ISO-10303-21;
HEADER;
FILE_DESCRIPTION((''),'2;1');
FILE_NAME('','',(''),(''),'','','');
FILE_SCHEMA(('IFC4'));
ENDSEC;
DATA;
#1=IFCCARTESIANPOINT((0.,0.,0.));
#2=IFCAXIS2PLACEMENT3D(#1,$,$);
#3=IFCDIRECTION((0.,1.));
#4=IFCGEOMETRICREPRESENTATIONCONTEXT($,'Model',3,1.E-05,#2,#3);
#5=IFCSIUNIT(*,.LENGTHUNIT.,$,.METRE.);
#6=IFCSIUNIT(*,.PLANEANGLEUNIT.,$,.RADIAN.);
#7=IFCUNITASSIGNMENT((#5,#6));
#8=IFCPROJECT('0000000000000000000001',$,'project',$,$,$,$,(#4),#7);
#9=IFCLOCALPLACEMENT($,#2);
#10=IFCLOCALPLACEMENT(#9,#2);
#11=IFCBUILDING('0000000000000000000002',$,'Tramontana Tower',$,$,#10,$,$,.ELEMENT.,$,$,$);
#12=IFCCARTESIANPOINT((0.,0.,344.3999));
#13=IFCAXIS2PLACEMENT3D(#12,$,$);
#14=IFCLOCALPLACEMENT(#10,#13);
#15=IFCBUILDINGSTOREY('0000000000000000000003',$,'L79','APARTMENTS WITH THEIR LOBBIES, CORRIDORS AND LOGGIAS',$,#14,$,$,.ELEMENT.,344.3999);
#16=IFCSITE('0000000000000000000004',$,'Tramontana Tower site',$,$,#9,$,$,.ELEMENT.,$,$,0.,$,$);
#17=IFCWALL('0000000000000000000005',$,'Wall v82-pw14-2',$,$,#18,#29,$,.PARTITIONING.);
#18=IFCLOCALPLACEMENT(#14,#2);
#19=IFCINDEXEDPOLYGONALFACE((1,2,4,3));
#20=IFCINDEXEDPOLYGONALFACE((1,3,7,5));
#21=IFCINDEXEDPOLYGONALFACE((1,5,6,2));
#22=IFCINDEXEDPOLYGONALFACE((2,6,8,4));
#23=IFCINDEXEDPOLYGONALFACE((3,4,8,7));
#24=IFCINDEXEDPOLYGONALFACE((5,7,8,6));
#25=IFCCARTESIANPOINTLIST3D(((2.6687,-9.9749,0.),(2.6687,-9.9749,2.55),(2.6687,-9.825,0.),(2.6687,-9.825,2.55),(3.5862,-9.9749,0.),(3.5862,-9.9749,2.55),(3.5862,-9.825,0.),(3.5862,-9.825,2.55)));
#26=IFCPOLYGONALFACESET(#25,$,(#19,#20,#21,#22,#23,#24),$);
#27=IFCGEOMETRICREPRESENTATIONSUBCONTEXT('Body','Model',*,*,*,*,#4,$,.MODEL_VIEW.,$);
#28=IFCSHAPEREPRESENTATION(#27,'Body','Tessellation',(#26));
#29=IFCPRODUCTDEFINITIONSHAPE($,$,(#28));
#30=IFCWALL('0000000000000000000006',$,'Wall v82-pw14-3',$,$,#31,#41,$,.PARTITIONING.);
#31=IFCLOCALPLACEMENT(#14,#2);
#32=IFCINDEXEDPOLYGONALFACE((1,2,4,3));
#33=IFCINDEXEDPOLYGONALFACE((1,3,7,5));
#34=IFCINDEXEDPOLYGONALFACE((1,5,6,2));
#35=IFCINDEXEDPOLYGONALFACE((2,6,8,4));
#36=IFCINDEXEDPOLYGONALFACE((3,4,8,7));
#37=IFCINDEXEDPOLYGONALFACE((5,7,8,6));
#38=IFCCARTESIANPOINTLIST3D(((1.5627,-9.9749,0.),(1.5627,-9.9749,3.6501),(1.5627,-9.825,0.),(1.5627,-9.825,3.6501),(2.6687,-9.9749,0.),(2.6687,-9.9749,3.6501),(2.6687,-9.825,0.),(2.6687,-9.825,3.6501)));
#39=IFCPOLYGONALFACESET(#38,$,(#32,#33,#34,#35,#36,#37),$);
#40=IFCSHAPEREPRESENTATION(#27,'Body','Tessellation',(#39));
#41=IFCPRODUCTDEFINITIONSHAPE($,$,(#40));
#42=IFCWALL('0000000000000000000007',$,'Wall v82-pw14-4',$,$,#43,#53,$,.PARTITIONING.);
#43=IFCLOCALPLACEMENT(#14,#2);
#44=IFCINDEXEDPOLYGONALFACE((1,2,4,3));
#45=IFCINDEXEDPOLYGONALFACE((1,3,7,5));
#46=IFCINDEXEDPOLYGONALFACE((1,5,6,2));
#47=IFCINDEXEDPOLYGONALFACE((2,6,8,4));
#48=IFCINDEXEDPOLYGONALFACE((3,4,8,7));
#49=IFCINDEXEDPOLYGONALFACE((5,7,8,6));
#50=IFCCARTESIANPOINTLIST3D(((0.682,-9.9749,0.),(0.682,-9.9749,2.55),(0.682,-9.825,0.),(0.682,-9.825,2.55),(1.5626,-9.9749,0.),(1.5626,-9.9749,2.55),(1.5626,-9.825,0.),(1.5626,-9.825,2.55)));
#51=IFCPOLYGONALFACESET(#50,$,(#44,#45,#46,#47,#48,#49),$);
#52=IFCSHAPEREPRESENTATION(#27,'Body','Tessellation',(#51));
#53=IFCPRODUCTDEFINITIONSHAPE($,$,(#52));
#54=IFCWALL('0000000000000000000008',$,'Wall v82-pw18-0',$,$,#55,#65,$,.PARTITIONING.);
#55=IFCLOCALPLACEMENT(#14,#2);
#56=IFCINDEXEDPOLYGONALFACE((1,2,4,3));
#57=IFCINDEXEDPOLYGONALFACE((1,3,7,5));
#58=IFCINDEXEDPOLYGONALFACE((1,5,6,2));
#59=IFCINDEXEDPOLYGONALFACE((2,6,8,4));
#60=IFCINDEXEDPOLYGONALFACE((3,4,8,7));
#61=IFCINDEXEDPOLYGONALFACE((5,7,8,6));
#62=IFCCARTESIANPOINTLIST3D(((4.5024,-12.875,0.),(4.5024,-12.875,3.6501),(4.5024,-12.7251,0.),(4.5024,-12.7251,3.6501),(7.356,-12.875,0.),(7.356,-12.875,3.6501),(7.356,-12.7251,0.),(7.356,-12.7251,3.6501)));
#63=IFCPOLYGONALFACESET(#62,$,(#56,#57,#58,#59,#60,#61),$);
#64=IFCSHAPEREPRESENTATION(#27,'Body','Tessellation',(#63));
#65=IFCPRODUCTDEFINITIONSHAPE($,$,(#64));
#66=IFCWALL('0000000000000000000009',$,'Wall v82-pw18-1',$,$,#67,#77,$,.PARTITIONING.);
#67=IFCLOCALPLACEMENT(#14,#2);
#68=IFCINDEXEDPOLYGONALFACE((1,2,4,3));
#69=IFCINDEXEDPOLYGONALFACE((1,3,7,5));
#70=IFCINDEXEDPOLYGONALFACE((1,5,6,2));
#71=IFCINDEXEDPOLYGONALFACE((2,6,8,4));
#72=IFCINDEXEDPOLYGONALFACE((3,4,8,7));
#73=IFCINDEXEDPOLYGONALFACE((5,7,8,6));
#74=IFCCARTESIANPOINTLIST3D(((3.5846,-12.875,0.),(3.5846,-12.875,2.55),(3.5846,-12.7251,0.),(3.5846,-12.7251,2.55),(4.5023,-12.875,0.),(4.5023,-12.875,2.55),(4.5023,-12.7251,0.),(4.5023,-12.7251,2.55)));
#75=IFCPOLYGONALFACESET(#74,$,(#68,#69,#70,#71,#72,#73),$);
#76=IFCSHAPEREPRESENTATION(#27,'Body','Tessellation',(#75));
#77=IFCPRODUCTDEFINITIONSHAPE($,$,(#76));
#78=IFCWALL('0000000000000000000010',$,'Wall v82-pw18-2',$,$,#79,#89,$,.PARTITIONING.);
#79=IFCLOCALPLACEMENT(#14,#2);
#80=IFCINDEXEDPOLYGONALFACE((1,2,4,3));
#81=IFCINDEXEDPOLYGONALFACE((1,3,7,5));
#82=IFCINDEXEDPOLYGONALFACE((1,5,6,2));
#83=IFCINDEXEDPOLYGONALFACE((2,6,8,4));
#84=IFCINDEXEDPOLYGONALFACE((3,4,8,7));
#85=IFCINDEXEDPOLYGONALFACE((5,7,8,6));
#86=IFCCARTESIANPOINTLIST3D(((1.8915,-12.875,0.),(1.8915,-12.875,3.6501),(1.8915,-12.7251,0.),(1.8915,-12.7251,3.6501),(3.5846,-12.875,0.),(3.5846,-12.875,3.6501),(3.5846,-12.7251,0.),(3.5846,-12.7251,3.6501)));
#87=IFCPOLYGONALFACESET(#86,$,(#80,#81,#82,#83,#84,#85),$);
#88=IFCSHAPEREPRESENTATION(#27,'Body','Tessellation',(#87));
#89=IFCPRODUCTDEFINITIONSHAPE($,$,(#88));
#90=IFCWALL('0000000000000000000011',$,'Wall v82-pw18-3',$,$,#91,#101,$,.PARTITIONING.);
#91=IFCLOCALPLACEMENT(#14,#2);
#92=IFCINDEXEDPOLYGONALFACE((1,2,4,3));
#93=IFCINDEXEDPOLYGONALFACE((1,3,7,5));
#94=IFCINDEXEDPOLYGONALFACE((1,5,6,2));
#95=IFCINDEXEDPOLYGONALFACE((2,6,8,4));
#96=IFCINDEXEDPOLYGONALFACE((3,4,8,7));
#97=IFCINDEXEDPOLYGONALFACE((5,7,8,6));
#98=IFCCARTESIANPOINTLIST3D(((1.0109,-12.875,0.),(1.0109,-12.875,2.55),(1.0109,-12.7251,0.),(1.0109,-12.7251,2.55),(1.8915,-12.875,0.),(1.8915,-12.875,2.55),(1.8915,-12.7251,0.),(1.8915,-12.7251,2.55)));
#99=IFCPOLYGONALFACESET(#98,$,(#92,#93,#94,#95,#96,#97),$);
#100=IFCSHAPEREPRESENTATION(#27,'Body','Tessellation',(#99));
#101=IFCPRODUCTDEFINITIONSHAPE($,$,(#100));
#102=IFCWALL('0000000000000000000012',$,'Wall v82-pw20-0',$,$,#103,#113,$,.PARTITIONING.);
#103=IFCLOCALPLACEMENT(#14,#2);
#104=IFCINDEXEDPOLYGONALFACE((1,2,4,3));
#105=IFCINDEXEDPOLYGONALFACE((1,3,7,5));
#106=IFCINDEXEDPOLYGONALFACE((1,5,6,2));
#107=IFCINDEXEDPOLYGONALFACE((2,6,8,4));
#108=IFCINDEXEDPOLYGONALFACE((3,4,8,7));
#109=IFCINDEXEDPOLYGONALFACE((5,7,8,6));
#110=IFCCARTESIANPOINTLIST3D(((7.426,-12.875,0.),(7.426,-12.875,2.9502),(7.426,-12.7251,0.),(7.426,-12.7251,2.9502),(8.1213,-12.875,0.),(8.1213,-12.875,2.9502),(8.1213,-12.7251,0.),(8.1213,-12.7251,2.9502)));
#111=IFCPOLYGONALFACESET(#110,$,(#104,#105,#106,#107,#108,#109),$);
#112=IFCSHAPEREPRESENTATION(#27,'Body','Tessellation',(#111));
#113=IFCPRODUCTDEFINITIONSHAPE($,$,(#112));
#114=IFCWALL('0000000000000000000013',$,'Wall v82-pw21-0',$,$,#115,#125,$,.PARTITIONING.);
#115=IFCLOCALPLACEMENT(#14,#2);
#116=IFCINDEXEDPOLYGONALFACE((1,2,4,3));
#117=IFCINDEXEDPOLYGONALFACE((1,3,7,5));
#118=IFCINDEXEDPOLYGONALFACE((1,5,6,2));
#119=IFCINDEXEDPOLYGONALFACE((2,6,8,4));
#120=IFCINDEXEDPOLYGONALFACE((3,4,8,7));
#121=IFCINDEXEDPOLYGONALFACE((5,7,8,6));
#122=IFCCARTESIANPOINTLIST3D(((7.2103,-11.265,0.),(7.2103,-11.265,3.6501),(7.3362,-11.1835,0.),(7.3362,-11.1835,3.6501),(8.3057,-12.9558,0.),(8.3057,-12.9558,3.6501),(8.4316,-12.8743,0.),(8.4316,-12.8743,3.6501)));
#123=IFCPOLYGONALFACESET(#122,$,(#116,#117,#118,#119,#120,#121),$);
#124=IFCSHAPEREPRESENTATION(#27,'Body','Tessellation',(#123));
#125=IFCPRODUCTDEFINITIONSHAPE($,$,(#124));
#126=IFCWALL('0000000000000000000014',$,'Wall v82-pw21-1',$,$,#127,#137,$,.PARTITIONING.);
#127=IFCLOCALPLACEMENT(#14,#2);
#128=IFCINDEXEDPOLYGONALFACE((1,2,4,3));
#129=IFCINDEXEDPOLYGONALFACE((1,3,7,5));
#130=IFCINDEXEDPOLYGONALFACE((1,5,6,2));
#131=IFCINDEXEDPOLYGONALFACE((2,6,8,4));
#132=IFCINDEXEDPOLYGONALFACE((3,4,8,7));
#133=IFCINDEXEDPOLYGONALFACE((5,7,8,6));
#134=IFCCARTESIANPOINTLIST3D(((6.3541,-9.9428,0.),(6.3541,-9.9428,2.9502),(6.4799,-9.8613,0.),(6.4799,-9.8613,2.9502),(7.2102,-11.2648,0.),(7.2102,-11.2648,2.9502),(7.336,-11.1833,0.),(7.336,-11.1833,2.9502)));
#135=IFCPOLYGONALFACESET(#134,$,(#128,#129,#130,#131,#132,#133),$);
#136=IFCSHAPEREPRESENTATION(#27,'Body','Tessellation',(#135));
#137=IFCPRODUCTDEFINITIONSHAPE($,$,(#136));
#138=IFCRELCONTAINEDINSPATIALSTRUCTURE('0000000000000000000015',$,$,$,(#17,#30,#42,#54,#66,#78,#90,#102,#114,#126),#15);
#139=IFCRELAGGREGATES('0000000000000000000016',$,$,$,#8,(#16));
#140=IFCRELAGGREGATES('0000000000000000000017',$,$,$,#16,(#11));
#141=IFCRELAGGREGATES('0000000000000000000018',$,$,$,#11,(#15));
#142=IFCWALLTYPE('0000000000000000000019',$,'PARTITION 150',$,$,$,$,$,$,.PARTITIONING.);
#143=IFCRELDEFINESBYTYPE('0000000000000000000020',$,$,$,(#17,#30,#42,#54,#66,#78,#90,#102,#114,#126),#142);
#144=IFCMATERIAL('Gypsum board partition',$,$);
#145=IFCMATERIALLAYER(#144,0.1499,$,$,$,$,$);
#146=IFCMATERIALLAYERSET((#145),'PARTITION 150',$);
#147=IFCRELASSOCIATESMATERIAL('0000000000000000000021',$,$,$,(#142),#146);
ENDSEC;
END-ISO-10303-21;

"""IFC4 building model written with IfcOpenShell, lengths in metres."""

from ifc_helpers import new_model, si_unit, direction, frame, frame_2d, origin, place, context, subcontext, project, spatial, rectangle, extrude, material, layer, layer_set, type_object, element, save


model = new_model("IFC4")

# Units and contexts
model_context = context("Model", 3, precision=1e-05, world=origin(), true_north=direction((0.0, 1.0)))
body_context = subcontext(model_context, "Body", "Model", "MODEL_VIEW")
ifc_project = project(units=[si_unit("LENGTHUNIT", "METRE"), si_unit("PLANEANGLEUNIT", "RADIAN")], contexts=[model_context])

# Site, building, storey
site_placement = place(None, origin())
site = spatial("IfcSite", under=ifc_project, at=site_placement, Name="Tramontana Tower site", CompositionType="ELEMENT", RefElevation=0.0)
building_placement = place(site_placement, origin())
building = spatial("IfcBuilding", under=site, at=building_placement, Name="Tramontana Tower", CompositionType="ELEMENT")
storey_placement = place(building_placement, frame((0.0, 0.0, 344.3999)))
storey = spatial("IfcBuildingStorey", under=building, at=storey_placement, Name="L79", Description="APARTMENTS WITH THEIR LOBBIES, CORRIDORS AND LOGGIAS", CompositionType="ELEMENT", Elevation=344.3999)

# Shared definitions
ifc_material_1 = material(Name="Gypsum board partition")
ifc_layer_1 = layer(ifc_material_1, 0.1499)
ifc_layer_set_1 = layer_set([ifc_layer_1], Name="PARTITION 150")
wall_type_1 = type_object("IfcWallType", Name="PARTITION 150", PredefinedType="PARTITIONING", material=ifc_layer_set_1)

# Walls
wall_1_placement = place(storey_placement, frame((3.5862, -9.8999, 0.0), z_axis=(0.0, 0.0, 1.0), x_axis=(-1.0, 0.0, 0.0)))
element("IfcWall", 1, at=wall_1_placement, inside=storey, type_object=wall_type_1, Name="Wall v82-pw14-2", PredefinedType="PARTITIONING", context=body_context, shape_type="SweptSolid", body=[
    extrude(rectangle(XDim=0.9175, YDim=0.1499, at=frame_2d((0.4587, 0.0))), origin(), (0.0, 0.0, 1.0), 2.55),
])
wall_2_placement = place(storey_placement, frame((2.6687, -9.8999, 0.0), z_axis=(0.0, 0.0, 1.0), x_axis=(-1.0, 0.0, 0.0)))
element("IfcWall", 2, at=wall_2_placement, inside=storey, type_object=wall_type_1, Name="Wall v82-pw14-3", PredefinedType="PARTITIONING", context=body_context, shape_type="SweptSolid", body=[
    extrude(rectangle(XDim=1.106, YDim=0.1499, at=frame_2d((0.553, 0.0))), origin(), (0.0, 0.0, 1.0), 3.6501),
])
wall_3_placement = place(storey_placement, frame((1.5627, -9.8999, 0.0), z_axis=(0.0, 0.0, 1.0), x_axis=(-1.0, 0.0, 0.0)))
element("IfcWall", 3, at=wall_3_placement, inside=storey, type_object=wall_type_1, Name="Wall v82-pw14-4", PredefinedType="PARTITIONING", context=body_context, shape_type="SweptSolid", body=[
    extrude(rectangle(XDim=0.8806, YDim=0.1499, at=frame_2d((0.4404, 0.0))), origin(), (0.0, 0.0, 1.0), 2.55),
])
wall_4_placement = place(storey_placement, frame((7.356, -12.8, 0.0), z_axis=(0.0, 0.0, 1.0), x_axis=(-1.0, 0.0, 0.0)))
element("IfcWall", 4, at=wall_4_placement, inside=storey, type_object=wall_type_1, Name="Wall v82-pw18-0", PredefinedType="PARTITIONING", context=body_context, shape_type="SweptSolid", body=[
    extrude(rectangle(XDim=2.8535, YDim=0.1499, at=frame_2d((1.4268, 0.0))), origin(), (0.0, 0.0, 1.0), 3.6501),
])
wall_5_placement = place(storey_placement, frame((4.5024, -12.8, 0.0), z_axis=(0.0, 0.0, 1.0), x_axis=(-1.0, 0.0, 0.0)))
element("IfcWall", 5, at=wall_5_placement, inside=storey, type_object=wall_type_1, Name="Wall v82-pw18-1", PredefinedType="PARTITIONING", context=body_context, shape_type="SweptSolid", body=[
    extrude(rectangle(XDim=0.9177, YDim=0.1499, at=frame_2d((0.459, 0.0))), origin(), (0.0, 0.0, 1.0), 2.55),
])
wall_6_placement = place(storey_placement, frame((3.5847, -12.8, 0.0), z_axis=(0.0, 0.0, 1.0), x_axis=(-1.0, 0.0, 0.0)))
element("IfcWall", 6, at=wall_6_placement, inside=storey, type_object=wall_type_1, Name="Wall v82-pw18-2", PredefinedType="PARTITIONING", context=body_context, shape_type="SweptSolid", body=[
    extrude(rectangle(XDim=1.6931, YDim=0.1499, at=frame_2d((0.8467, 0.0))), origin(), (0.0, 0.0, 1.0), 3.6501),
])
wall_7_placement = place(storey_placement, frame((1.8916, -12.8, 0.0), z_axis=(0.0, 0.0, 1.0), x_axis=(-1.0, 0.0, 0.0)))
element("IfcWall", 7, at=wall_7_placement, inside=storey, type_object=wall_type_1, Name="Wall v82-pw18-3", PredefinedType="PARTITIONING", context=body_context, shape_type="SweptSolid", body=[
    extrude(rectangle(XDim=0.8806, YDim=0.1499, at=frame_2d((0.4404, 0.0))), origin(), (0.0, 0.0, 1.0), 2.55),
])
wall_8_placement = place(storey_placement, frame((8.1213, -12.8, 0.0), z_axis=(0.0, 0.0, 1.0), x_axis=(-1.0, 0.0, 0.0)))
element("IfcWall", 8, at=wall_8_placement, inside=storey, type_object=wall_type_1, Name="Wall v82-pw20-0", PredefinedType="PARTITIONING", context=body_context, shape_type="SweptSolid", body=[
    extrude(rectangle(XDim=0.6953, YDim=0.1499, at=frame_2d((0.3477, 0.0))), origin(), (0.0, 0.0, 1.0), 2.9502),
])
wall_9_placement = place(storey_placement, frame((8.3687, -12.915, 0.0), z_axis=(0.0, 0.0, 1.0), x_axis=(-0.543718, 0.839268, 0.0)))
element("IfcWall", 9, at=wall_9_placement, inside=storey, type_object=wall_type_1, Name="Wall v82-pw21-0", PredefinedType="PARTITIONING", context=body_context, shape_type="SweptSolid", body=[
    extrude(rectangle(XDim=2.0146, YDim=0.1499, at=frame_2d((1.0073, 0.0))), origin(), (0.0, 0.0, 1.0), 3.6501),
])
wall_10_placement = place(storey_placement, frame((7.2732, -11.2241, 0.0), z_axis=(0.0, 0.0, 1.0), x_axis=(-0.543598, 0.839346, 0.0)))
element("IfcWall", 10, at=wall_10_placement, inside=storey, type_object=wall_type_1, Name="Wall v82-pw21-1", PredefinedType="PARTITIONING", context=body_context, shape_type="SweptSolid", body=[
    extrude(rectangle(XDim=1.575, YDim=0.1499, at=frame_2d((0.7876, 0.0))), origin(), (0.0, 0.0, 1.0), 2.9502),
])

save(model, "model.ifc")
